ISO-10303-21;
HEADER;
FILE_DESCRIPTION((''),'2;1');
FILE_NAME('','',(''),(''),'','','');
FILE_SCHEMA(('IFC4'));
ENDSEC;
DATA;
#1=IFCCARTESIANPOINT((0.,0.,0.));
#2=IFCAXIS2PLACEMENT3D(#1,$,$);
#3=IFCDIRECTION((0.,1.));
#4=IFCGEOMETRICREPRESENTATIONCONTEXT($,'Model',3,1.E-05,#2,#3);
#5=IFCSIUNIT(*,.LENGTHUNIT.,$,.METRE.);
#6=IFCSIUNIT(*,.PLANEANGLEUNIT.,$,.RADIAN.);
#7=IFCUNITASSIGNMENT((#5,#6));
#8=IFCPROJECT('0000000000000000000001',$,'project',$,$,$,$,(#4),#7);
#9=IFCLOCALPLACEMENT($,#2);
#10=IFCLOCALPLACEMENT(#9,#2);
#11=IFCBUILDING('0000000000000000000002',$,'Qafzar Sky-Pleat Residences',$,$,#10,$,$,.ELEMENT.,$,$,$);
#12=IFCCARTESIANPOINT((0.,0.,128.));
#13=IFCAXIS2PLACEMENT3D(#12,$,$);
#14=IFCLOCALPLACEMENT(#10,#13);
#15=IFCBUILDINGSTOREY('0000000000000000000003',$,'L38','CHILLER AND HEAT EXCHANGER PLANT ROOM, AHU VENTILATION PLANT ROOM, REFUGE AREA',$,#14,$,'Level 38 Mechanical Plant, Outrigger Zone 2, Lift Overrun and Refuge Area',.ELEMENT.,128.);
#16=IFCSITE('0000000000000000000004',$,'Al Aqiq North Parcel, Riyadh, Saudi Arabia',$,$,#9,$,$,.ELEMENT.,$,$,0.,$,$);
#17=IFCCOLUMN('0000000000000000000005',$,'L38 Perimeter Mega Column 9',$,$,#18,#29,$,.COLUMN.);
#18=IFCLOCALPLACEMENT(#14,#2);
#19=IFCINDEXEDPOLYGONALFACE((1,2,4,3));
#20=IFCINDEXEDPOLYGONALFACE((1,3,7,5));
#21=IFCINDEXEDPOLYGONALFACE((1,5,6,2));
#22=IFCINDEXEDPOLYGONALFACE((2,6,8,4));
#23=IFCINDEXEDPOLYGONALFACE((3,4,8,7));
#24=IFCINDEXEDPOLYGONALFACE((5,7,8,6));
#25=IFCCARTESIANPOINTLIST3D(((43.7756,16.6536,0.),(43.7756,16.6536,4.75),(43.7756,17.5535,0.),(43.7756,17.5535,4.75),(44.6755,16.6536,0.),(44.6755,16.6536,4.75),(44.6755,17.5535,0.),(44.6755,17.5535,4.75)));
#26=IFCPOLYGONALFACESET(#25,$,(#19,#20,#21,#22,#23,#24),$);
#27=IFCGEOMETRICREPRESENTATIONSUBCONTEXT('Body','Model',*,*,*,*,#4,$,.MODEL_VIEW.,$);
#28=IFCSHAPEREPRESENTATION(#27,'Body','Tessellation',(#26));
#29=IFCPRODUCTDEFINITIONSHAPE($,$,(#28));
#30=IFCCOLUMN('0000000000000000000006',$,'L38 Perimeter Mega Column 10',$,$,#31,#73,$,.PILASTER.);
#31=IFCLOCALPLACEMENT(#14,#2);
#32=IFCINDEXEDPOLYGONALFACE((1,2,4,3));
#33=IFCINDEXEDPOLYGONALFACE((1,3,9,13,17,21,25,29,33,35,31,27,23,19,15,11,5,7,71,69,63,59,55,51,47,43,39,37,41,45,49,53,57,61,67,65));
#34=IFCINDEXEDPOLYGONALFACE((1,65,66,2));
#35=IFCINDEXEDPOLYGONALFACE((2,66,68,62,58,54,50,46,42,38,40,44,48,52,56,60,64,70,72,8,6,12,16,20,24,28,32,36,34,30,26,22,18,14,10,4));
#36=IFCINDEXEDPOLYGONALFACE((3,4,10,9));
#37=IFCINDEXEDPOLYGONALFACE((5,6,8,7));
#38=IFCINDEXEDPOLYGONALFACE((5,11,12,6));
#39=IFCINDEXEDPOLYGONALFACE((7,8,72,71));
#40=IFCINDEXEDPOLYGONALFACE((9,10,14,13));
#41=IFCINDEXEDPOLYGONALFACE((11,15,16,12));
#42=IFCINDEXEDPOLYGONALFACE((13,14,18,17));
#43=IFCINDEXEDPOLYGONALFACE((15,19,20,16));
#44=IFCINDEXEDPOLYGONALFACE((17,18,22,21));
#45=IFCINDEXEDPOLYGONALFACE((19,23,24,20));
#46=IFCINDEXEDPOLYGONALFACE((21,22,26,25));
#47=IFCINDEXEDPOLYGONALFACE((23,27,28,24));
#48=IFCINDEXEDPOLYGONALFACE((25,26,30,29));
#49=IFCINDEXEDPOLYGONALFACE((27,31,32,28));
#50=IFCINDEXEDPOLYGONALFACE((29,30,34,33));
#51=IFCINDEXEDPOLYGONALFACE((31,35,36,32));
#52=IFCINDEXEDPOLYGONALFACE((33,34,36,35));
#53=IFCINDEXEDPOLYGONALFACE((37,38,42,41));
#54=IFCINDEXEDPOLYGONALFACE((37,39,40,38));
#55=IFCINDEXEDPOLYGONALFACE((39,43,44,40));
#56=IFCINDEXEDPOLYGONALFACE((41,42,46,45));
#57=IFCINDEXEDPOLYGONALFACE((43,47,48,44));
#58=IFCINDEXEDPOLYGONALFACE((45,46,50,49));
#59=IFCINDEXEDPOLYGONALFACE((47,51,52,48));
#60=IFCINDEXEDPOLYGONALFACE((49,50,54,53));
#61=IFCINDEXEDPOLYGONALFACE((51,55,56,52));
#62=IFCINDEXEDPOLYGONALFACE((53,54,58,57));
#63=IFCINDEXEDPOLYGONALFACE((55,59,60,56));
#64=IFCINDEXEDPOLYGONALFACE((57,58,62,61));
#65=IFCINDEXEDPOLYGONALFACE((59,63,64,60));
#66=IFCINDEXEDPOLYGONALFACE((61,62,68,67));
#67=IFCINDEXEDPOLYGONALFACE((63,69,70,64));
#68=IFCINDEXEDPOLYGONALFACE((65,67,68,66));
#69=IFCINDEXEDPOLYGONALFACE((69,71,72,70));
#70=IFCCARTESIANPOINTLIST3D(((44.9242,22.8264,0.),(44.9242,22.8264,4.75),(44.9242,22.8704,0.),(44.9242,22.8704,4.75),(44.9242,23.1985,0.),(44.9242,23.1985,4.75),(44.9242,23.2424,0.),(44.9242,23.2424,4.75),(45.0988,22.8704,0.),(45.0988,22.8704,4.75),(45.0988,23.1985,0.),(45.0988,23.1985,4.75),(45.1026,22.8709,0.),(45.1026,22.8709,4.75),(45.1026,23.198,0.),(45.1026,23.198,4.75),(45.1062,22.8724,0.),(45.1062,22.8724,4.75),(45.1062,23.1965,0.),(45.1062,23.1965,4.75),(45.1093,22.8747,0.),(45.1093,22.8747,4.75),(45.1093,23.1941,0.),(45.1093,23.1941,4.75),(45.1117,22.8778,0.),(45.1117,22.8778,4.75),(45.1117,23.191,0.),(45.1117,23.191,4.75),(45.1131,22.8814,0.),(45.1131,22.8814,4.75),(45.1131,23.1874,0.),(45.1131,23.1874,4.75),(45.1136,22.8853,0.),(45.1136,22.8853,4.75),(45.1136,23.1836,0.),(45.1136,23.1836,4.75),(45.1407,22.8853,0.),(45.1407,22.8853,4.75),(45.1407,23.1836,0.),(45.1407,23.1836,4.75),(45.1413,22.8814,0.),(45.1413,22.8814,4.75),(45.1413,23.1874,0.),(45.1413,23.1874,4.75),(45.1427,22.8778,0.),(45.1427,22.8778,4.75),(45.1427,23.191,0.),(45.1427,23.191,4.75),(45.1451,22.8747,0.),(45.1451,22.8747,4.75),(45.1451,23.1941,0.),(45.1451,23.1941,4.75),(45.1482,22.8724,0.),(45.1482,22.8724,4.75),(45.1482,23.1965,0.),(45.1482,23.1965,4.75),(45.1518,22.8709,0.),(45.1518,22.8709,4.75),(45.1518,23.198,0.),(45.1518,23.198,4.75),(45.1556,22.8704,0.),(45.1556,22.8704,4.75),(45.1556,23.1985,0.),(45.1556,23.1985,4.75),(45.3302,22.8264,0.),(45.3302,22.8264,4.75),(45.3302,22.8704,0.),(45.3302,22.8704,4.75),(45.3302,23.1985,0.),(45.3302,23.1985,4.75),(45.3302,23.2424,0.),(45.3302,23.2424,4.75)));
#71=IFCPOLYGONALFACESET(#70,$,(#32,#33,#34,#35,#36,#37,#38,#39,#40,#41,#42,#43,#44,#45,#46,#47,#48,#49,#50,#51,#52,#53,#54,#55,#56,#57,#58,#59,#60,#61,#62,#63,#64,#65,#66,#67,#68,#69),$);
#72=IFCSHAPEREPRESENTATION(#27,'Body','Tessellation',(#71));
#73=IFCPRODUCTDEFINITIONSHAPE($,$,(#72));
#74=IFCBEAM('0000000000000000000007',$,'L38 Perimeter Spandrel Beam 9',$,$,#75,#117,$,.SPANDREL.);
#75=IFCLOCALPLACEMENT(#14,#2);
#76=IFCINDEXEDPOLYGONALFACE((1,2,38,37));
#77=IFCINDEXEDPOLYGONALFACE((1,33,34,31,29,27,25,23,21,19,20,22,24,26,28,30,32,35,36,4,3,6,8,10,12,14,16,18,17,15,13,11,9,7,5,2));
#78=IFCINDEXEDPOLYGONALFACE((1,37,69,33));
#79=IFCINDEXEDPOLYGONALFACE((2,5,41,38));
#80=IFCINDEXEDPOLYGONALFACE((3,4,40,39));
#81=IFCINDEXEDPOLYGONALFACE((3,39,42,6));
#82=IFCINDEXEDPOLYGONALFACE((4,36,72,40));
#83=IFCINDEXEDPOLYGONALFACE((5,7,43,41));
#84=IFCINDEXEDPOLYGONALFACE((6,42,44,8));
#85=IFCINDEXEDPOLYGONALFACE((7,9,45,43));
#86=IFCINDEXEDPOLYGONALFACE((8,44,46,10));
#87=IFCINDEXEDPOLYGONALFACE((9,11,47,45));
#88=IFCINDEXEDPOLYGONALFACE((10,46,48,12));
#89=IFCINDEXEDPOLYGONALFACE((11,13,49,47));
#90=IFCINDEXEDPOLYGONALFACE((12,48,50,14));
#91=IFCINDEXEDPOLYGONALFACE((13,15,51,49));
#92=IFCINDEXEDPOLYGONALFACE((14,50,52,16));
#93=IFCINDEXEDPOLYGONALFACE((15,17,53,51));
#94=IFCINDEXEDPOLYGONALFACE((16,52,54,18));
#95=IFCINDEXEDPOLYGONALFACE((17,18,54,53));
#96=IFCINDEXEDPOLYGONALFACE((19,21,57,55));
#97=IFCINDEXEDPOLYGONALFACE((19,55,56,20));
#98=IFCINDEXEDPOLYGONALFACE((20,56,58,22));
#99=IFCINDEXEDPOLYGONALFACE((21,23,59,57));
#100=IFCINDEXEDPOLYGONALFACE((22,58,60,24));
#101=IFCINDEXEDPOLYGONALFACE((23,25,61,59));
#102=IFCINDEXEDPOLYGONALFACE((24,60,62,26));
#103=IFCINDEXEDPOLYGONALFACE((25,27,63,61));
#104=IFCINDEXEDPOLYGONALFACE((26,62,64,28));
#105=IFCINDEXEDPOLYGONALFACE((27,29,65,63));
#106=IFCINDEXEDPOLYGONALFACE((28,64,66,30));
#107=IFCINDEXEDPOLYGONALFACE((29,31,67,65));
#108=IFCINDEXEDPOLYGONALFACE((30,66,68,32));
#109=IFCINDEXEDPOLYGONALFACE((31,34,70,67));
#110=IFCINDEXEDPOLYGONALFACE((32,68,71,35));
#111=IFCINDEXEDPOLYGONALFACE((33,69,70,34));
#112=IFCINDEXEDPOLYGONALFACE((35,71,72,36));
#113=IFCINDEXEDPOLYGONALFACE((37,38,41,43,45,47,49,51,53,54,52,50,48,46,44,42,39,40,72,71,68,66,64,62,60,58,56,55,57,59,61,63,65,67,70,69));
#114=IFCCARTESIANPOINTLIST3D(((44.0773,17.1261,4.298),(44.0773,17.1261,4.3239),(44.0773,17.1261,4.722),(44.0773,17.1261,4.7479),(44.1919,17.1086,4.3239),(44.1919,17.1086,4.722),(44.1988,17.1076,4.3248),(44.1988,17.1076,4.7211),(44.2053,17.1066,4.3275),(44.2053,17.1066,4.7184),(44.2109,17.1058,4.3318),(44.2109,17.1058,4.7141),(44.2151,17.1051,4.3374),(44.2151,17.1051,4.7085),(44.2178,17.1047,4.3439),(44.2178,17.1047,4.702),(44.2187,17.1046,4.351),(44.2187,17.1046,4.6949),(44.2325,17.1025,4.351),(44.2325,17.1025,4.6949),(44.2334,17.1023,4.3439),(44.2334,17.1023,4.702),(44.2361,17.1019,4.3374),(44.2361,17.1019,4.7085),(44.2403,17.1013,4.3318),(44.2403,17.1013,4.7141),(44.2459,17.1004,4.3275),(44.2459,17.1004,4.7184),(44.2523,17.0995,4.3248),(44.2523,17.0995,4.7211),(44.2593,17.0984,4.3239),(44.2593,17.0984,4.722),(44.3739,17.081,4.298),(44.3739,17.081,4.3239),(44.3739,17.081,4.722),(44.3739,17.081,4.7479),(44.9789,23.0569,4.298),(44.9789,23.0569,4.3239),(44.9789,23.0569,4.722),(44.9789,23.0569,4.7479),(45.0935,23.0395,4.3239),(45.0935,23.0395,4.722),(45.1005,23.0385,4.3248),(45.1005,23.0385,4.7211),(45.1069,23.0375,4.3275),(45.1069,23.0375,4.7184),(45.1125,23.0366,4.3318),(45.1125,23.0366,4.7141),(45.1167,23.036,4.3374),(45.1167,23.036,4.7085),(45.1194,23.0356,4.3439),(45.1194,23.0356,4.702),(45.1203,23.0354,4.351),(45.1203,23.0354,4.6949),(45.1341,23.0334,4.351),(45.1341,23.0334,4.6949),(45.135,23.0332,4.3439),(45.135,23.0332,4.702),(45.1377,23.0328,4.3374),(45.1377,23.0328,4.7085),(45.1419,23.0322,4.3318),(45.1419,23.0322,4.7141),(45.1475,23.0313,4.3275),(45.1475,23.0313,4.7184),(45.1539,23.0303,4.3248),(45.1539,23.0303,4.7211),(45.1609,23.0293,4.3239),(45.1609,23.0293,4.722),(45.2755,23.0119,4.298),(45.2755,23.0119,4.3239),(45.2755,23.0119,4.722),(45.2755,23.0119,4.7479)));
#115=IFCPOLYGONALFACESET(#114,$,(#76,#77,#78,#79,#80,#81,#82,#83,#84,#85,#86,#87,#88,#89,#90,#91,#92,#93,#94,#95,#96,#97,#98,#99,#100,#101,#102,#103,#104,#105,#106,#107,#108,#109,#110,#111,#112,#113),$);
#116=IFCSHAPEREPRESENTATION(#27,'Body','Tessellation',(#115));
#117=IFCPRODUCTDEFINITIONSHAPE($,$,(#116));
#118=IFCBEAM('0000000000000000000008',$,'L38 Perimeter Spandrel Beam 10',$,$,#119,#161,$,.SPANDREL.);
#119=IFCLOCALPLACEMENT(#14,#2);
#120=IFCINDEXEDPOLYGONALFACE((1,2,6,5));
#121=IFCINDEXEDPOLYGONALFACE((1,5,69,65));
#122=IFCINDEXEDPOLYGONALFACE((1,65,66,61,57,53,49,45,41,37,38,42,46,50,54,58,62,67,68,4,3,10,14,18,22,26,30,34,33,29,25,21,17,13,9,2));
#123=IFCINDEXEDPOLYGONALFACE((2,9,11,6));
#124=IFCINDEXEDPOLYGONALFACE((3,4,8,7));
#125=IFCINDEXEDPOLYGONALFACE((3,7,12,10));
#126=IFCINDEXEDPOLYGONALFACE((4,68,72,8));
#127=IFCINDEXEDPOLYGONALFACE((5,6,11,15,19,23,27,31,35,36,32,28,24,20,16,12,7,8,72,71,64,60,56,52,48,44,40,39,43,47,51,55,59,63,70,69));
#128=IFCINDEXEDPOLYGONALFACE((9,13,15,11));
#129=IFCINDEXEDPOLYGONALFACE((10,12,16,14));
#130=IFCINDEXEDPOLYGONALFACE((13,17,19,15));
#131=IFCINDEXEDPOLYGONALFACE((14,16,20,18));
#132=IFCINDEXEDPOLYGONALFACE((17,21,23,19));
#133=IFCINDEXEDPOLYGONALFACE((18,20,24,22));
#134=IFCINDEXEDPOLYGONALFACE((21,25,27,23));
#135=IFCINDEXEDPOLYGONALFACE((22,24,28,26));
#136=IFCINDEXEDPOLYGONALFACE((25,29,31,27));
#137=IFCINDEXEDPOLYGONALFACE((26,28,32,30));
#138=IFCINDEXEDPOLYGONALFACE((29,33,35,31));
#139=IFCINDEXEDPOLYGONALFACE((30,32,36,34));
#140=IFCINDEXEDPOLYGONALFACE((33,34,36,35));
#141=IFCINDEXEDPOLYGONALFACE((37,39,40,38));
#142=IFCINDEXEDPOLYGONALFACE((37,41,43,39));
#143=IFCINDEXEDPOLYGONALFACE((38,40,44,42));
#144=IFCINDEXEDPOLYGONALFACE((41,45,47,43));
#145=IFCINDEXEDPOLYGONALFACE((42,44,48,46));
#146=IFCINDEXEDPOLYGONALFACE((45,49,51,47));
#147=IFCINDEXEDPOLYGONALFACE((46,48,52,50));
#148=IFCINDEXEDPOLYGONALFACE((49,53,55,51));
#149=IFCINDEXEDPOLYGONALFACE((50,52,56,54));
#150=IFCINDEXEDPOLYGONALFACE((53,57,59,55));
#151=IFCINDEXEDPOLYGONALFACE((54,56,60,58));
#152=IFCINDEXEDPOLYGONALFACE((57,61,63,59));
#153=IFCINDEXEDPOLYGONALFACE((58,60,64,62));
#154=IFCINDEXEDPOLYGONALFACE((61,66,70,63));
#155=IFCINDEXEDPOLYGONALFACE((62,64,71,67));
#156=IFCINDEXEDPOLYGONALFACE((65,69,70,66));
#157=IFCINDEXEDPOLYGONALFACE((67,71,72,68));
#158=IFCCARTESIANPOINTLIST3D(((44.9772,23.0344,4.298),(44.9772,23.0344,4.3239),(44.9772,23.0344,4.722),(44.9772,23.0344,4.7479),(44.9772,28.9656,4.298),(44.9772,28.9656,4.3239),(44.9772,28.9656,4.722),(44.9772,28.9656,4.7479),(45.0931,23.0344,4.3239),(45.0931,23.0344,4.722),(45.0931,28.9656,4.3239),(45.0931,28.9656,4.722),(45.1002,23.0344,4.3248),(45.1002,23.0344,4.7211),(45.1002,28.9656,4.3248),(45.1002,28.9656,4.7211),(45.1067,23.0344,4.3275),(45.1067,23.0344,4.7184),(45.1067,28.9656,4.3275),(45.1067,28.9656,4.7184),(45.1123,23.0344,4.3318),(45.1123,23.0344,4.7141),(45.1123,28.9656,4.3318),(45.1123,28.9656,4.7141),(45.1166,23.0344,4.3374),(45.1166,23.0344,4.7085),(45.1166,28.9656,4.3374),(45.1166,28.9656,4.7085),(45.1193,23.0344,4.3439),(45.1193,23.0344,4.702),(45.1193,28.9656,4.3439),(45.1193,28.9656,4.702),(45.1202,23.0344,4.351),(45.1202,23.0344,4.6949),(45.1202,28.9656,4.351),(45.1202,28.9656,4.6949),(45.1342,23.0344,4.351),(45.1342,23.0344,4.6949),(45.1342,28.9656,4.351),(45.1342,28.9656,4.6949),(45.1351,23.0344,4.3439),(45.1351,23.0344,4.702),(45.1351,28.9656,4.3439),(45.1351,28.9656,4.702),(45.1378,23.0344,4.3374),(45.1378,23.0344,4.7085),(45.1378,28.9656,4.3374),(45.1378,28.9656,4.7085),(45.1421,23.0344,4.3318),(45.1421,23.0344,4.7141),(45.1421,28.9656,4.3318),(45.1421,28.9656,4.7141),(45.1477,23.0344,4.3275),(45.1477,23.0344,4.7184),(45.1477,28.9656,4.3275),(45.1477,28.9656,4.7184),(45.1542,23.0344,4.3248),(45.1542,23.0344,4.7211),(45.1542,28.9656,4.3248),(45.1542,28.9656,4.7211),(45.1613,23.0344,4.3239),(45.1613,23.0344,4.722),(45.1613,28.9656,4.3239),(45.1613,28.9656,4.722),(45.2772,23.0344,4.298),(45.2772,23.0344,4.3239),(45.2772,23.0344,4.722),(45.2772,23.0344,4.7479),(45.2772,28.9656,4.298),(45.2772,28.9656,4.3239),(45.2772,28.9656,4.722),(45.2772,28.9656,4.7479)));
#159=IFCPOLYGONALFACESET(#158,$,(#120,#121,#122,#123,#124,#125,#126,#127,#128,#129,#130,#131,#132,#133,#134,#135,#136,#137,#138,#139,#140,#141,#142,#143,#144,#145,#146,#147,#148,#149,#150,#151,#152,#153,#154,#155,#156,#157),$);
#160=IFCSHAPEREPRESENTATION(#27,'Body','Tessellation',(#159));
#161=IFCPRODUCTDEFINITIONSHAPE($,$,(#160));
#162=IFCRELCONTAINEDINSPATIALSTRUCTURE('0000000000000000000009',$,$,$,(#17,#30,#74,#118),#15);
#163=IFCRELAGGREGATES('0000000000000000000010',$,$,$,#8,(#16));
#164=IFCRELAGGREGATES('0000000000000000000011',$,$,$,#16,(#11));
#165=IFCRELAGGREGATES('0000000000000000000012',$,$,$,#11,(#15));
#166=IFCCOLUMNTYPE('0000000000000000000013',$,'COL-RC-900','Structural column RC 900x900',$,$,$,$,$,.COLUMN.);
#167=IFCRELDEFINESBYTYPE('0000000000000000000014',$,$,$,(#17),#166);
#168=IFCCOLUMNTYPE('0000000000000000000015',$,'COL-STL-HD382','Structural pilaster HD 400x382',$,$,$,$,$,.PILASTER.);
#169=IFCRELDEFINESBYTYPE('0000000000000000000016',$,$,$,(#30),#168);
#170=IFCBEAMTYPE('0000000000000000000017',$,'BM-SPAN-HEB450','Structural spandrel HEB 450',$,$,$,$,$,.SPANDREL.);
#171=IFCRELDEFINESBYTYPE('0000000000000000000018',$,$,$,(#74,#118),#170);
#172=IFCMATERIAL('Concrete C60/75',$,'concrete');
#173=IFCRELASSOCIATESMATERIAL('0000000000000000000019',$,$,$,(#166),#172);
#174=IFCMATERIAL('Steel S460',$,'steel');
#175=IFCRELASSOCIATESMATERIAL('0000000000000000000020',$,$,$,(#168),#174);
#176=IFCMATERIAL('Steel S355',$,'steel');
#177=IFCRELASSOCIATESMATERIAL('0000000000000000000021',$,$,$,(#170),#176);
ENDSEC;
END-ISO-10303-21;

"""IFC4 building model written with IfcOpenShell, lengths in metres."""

from ifc_helpers import new_model, si_unit, direction, frame, origin, origin_2d, place, context, subcontext, project, spatial, rectangle, i_section, extrude, source, transform, mapped, material, material_profile, profile_set, type_object, element, save


model = new_model("IFC4")

# Units and contexts
model_context = context("Model", 3, precision=1e-05, world=origin(), true_north=direction((0.0, 1.0)))
body_context = subcontext(model_context, "Body", "Model", "MODEL_VIEW")
ifc_project = project(units=[si_unit("LENGTHUNIT", "METRE"), si_unit("PLANEANGLEUNIT", "RADIAN")], contexts=[model_context])

# Site, building, storey
site_placement = place(None, origin())
site = spatial("IfcSite", under=ifc_project, at=site_placement, Name="Al Aqiq North Parcel, Riyadh, Saudi Arabia", CompositionType="ELEMENT", RefElevation=0.0)
building_placement = place(site_placement, origin())
building = spatial("IfcBuilding", under=site, at=building_placement, Name="Qafzar Sky-Pleat Residences", CompositionType="ELEMENT")
storey_placement = place(building_placement, frame((0.0, 0.0, 128.0)))
storey = spatial("IfcBuildingStorey", under=building, at=storey_placement, Name="L38", Description="CHILLER AND HEAT EXCHANGER PLANT ROOM, AHU VENTILATION PLANT ROOM, REFUGE AREA", LongName="Level 38 Mechanical Plant, Outrigger Zone 2, Lift Overrun and Refuge Area", CompositionType="ELEMENT", Elevation=128.0)

# Columns
ifc_material_1 = material(Name="Concrete C60/75", Category="concrete")
ifc_material_profile_1 = material_profile(ifc_material_1, rectangle(XDim=0.8999, YDim=0.8999, at=origin_2d()), Name="RC 900x900")
ifc_profile_set_1 = profile_set([ifc_material_profile_1], Name="Concrete C60/75")
column_type_1 = type_object("IfcColumnType", Name="COL-RC-900", Description="Structural column RC 900x900", PredefinedType="COLUMN", material=ifc_profile_set_1)
shared_shape_1 = source(origin(), body_context, "Body", "SweptSolid", [
    extrude(rectangle(XDim=0.8999, YDim=0.8999, at=origin_2d()), origin(), (0.0, 0.0, 1.0), 4.75),
])
column_1_placement = place(storey_placement, frame((44.2256, 17.1035, 0.0), z_axis=(0.0, 0.0, 1.0), x_axis=(1.0, 0.0, 0.0)))
element("IfcColumn", 1, at=column_1_placement, inside=storey, type_object=column_type_1, Name="L38 Perimeter Mega Column 9", PredefinedType="COLUMN", context=body_context, shape_type="MappedRepresentation", body=[
    mapped(shared_shape_1, transform((0.0, 0.0, 0.0), x_axis=(1.0, 0.0, 0.0), y_axis=(0.0, 1.0, 0.0), z_axis=(0.0, 0.0, 1.0), scale=1.0)),
])
ifc_material_2 = material(Name="Steel S460", Category="steel")
ifc_material_profile_2 = material_profile(ifc_material_2, i_section(OverallWidth=0.406, OverallDepth=0.416, WebThickness=0.0271, FlangeThickness=0.0439, FilletRadius=0.0149, at=origin_2d()), Name="HD 400x382")
ifc_profile_set_2 = profile_set([ifc_material_profile_2], Name="Steel S460")
column_type_2 = type_object("IfcColumnType", Name="COL-STL-HD382", Description="Structural pilaster HD 400x382", PredefinedType="PILASTER", material=ifc_profile_set_2)
shared_shape_2 = source(origin(), body_context, "Body", "SweptSolid", [
    extrude(i_section(OverallWidth=0.406, OverallDepth=0.416, WebThickness=0.0271, FlangeThickness=0.0439, FilletRadius=0.0149, at=origin_2d()), origin(), (0.0, 0.0, 1.0), 4.75),
])
column_2_placement = place(storey_placement, frame((45.1272, 23.0344, 0.0), z_axis=(0.0, 0.0, 1.0), x_axis=(1.0, 0.0, 0.0)))
element("IfcColumn", 2, at=column_2_placement, inside=storey, type_object=column_type_2, Name="L38 Perimeter Mega Column 10", PredefinedType="PILASTER", context=body_context, shape_type="MappedRepresentation", body=[
    mapped(shared_shape_2, transform((0.0, 0.0, 0.0), x_axis=(1.0, 0.0, 0.0), y_axis=(0.0, 1.0, 0.0), z_axis=(0.0, 0.0, 1.0), scale=1.0)),
])

# Beams
ifc_material_3 = material(Name="Steel S355", Category="steel")
ifc_material_profile_3 = material_profile(ifc_material_3, i_section(OverallWidth=0.3, OverallDepth=0.45, WebThickness=0.0139, FlangeThickness=0.0259, FilletRadius=0.0271, at=origin_2d()), Name="HEB 450")
ifc_profile_set_3 = profile_set([ifc_material_profile_3], Name="Steel S355")
beam_type_1 = type_object("IfcBeamType", Name="BM-SPAN-HEB450", Description="Structural spandrel HEB 450", PredefinedType="SPANDREL", material=ifc_profile_set_3)
shared_shape_3 = source(origin(), body_context, "Body", "SweptSolid", [
    extrude(i_section(OverallWidth=0.3, OverallDepth=0.45, WebThickness=0.0139, FlangeThickness=0.0259, FilletRadius=0.0271, at=origin_2d()), origin(), (0.0, 0.0, 1.0), 5.999),
])
beam_1_placement = place(storey_placement, frame((44.2256, 17.1035, 4.5229), z_axis=(0.150292, 0.988642, 0.0), x_axis=(-0.988642, 0.150292, 0.0)))
element("IfcBeam", 3, at=beam_1_placement, inside=storey, type_object=beam_type_1, Name="L38 Perimeter Spandrel Beam 9", PredefinedType="SPANDREL", context=body_context, shape_type="MappedRepresentation", body=[
    mapped(shared_shape_3, transform((0.0, 0.0, 0.0), x_axis=(1.0, 0.0, 0.0), y_axis=(0.0, 1.0, 0.0), z_axis=(0.0, 0.0, 1.0), scale=1.0)),
])
shared_shape_4 = source(origin(), body_context, "Body", "SweptSolid", [
    extrude(i_section(OverallWidth=0.3, OverallDepth=0.45, WebThickness=0.0139, FlangeThickness=0.0259, FilletRadius=0.0271, at=origin_2d()), origin(), (0.0, 0.0, 1.0), 5.9312),
])
beam_2_placement = place(storey_placement, frame((45.1272, 23.0344, 4.5229), z_axis=(0.0, 1.0, 0.0), x_axis=(-1.0, 0.0, 0.0)))
element("IfcBeam", 4, at=beam_2_placement, inside=storey, type_object=beam_type_1, Name="L38 Perimeter Spandrel Beam 10", PredefinedType="SPANDREL", context=body_context, shape_type="MappedRepresentation", body=[
    mapped(shared_shape_4, transform((0.0, 0.0, 0.0), x_axis=(1.0, 0.0, 0.0), y_axis=(0.0, 1.0, 0.0), z_axis=(0.0, 0.0, 1.0), scale=1.0)),
])

save(model, "model.ifc")
